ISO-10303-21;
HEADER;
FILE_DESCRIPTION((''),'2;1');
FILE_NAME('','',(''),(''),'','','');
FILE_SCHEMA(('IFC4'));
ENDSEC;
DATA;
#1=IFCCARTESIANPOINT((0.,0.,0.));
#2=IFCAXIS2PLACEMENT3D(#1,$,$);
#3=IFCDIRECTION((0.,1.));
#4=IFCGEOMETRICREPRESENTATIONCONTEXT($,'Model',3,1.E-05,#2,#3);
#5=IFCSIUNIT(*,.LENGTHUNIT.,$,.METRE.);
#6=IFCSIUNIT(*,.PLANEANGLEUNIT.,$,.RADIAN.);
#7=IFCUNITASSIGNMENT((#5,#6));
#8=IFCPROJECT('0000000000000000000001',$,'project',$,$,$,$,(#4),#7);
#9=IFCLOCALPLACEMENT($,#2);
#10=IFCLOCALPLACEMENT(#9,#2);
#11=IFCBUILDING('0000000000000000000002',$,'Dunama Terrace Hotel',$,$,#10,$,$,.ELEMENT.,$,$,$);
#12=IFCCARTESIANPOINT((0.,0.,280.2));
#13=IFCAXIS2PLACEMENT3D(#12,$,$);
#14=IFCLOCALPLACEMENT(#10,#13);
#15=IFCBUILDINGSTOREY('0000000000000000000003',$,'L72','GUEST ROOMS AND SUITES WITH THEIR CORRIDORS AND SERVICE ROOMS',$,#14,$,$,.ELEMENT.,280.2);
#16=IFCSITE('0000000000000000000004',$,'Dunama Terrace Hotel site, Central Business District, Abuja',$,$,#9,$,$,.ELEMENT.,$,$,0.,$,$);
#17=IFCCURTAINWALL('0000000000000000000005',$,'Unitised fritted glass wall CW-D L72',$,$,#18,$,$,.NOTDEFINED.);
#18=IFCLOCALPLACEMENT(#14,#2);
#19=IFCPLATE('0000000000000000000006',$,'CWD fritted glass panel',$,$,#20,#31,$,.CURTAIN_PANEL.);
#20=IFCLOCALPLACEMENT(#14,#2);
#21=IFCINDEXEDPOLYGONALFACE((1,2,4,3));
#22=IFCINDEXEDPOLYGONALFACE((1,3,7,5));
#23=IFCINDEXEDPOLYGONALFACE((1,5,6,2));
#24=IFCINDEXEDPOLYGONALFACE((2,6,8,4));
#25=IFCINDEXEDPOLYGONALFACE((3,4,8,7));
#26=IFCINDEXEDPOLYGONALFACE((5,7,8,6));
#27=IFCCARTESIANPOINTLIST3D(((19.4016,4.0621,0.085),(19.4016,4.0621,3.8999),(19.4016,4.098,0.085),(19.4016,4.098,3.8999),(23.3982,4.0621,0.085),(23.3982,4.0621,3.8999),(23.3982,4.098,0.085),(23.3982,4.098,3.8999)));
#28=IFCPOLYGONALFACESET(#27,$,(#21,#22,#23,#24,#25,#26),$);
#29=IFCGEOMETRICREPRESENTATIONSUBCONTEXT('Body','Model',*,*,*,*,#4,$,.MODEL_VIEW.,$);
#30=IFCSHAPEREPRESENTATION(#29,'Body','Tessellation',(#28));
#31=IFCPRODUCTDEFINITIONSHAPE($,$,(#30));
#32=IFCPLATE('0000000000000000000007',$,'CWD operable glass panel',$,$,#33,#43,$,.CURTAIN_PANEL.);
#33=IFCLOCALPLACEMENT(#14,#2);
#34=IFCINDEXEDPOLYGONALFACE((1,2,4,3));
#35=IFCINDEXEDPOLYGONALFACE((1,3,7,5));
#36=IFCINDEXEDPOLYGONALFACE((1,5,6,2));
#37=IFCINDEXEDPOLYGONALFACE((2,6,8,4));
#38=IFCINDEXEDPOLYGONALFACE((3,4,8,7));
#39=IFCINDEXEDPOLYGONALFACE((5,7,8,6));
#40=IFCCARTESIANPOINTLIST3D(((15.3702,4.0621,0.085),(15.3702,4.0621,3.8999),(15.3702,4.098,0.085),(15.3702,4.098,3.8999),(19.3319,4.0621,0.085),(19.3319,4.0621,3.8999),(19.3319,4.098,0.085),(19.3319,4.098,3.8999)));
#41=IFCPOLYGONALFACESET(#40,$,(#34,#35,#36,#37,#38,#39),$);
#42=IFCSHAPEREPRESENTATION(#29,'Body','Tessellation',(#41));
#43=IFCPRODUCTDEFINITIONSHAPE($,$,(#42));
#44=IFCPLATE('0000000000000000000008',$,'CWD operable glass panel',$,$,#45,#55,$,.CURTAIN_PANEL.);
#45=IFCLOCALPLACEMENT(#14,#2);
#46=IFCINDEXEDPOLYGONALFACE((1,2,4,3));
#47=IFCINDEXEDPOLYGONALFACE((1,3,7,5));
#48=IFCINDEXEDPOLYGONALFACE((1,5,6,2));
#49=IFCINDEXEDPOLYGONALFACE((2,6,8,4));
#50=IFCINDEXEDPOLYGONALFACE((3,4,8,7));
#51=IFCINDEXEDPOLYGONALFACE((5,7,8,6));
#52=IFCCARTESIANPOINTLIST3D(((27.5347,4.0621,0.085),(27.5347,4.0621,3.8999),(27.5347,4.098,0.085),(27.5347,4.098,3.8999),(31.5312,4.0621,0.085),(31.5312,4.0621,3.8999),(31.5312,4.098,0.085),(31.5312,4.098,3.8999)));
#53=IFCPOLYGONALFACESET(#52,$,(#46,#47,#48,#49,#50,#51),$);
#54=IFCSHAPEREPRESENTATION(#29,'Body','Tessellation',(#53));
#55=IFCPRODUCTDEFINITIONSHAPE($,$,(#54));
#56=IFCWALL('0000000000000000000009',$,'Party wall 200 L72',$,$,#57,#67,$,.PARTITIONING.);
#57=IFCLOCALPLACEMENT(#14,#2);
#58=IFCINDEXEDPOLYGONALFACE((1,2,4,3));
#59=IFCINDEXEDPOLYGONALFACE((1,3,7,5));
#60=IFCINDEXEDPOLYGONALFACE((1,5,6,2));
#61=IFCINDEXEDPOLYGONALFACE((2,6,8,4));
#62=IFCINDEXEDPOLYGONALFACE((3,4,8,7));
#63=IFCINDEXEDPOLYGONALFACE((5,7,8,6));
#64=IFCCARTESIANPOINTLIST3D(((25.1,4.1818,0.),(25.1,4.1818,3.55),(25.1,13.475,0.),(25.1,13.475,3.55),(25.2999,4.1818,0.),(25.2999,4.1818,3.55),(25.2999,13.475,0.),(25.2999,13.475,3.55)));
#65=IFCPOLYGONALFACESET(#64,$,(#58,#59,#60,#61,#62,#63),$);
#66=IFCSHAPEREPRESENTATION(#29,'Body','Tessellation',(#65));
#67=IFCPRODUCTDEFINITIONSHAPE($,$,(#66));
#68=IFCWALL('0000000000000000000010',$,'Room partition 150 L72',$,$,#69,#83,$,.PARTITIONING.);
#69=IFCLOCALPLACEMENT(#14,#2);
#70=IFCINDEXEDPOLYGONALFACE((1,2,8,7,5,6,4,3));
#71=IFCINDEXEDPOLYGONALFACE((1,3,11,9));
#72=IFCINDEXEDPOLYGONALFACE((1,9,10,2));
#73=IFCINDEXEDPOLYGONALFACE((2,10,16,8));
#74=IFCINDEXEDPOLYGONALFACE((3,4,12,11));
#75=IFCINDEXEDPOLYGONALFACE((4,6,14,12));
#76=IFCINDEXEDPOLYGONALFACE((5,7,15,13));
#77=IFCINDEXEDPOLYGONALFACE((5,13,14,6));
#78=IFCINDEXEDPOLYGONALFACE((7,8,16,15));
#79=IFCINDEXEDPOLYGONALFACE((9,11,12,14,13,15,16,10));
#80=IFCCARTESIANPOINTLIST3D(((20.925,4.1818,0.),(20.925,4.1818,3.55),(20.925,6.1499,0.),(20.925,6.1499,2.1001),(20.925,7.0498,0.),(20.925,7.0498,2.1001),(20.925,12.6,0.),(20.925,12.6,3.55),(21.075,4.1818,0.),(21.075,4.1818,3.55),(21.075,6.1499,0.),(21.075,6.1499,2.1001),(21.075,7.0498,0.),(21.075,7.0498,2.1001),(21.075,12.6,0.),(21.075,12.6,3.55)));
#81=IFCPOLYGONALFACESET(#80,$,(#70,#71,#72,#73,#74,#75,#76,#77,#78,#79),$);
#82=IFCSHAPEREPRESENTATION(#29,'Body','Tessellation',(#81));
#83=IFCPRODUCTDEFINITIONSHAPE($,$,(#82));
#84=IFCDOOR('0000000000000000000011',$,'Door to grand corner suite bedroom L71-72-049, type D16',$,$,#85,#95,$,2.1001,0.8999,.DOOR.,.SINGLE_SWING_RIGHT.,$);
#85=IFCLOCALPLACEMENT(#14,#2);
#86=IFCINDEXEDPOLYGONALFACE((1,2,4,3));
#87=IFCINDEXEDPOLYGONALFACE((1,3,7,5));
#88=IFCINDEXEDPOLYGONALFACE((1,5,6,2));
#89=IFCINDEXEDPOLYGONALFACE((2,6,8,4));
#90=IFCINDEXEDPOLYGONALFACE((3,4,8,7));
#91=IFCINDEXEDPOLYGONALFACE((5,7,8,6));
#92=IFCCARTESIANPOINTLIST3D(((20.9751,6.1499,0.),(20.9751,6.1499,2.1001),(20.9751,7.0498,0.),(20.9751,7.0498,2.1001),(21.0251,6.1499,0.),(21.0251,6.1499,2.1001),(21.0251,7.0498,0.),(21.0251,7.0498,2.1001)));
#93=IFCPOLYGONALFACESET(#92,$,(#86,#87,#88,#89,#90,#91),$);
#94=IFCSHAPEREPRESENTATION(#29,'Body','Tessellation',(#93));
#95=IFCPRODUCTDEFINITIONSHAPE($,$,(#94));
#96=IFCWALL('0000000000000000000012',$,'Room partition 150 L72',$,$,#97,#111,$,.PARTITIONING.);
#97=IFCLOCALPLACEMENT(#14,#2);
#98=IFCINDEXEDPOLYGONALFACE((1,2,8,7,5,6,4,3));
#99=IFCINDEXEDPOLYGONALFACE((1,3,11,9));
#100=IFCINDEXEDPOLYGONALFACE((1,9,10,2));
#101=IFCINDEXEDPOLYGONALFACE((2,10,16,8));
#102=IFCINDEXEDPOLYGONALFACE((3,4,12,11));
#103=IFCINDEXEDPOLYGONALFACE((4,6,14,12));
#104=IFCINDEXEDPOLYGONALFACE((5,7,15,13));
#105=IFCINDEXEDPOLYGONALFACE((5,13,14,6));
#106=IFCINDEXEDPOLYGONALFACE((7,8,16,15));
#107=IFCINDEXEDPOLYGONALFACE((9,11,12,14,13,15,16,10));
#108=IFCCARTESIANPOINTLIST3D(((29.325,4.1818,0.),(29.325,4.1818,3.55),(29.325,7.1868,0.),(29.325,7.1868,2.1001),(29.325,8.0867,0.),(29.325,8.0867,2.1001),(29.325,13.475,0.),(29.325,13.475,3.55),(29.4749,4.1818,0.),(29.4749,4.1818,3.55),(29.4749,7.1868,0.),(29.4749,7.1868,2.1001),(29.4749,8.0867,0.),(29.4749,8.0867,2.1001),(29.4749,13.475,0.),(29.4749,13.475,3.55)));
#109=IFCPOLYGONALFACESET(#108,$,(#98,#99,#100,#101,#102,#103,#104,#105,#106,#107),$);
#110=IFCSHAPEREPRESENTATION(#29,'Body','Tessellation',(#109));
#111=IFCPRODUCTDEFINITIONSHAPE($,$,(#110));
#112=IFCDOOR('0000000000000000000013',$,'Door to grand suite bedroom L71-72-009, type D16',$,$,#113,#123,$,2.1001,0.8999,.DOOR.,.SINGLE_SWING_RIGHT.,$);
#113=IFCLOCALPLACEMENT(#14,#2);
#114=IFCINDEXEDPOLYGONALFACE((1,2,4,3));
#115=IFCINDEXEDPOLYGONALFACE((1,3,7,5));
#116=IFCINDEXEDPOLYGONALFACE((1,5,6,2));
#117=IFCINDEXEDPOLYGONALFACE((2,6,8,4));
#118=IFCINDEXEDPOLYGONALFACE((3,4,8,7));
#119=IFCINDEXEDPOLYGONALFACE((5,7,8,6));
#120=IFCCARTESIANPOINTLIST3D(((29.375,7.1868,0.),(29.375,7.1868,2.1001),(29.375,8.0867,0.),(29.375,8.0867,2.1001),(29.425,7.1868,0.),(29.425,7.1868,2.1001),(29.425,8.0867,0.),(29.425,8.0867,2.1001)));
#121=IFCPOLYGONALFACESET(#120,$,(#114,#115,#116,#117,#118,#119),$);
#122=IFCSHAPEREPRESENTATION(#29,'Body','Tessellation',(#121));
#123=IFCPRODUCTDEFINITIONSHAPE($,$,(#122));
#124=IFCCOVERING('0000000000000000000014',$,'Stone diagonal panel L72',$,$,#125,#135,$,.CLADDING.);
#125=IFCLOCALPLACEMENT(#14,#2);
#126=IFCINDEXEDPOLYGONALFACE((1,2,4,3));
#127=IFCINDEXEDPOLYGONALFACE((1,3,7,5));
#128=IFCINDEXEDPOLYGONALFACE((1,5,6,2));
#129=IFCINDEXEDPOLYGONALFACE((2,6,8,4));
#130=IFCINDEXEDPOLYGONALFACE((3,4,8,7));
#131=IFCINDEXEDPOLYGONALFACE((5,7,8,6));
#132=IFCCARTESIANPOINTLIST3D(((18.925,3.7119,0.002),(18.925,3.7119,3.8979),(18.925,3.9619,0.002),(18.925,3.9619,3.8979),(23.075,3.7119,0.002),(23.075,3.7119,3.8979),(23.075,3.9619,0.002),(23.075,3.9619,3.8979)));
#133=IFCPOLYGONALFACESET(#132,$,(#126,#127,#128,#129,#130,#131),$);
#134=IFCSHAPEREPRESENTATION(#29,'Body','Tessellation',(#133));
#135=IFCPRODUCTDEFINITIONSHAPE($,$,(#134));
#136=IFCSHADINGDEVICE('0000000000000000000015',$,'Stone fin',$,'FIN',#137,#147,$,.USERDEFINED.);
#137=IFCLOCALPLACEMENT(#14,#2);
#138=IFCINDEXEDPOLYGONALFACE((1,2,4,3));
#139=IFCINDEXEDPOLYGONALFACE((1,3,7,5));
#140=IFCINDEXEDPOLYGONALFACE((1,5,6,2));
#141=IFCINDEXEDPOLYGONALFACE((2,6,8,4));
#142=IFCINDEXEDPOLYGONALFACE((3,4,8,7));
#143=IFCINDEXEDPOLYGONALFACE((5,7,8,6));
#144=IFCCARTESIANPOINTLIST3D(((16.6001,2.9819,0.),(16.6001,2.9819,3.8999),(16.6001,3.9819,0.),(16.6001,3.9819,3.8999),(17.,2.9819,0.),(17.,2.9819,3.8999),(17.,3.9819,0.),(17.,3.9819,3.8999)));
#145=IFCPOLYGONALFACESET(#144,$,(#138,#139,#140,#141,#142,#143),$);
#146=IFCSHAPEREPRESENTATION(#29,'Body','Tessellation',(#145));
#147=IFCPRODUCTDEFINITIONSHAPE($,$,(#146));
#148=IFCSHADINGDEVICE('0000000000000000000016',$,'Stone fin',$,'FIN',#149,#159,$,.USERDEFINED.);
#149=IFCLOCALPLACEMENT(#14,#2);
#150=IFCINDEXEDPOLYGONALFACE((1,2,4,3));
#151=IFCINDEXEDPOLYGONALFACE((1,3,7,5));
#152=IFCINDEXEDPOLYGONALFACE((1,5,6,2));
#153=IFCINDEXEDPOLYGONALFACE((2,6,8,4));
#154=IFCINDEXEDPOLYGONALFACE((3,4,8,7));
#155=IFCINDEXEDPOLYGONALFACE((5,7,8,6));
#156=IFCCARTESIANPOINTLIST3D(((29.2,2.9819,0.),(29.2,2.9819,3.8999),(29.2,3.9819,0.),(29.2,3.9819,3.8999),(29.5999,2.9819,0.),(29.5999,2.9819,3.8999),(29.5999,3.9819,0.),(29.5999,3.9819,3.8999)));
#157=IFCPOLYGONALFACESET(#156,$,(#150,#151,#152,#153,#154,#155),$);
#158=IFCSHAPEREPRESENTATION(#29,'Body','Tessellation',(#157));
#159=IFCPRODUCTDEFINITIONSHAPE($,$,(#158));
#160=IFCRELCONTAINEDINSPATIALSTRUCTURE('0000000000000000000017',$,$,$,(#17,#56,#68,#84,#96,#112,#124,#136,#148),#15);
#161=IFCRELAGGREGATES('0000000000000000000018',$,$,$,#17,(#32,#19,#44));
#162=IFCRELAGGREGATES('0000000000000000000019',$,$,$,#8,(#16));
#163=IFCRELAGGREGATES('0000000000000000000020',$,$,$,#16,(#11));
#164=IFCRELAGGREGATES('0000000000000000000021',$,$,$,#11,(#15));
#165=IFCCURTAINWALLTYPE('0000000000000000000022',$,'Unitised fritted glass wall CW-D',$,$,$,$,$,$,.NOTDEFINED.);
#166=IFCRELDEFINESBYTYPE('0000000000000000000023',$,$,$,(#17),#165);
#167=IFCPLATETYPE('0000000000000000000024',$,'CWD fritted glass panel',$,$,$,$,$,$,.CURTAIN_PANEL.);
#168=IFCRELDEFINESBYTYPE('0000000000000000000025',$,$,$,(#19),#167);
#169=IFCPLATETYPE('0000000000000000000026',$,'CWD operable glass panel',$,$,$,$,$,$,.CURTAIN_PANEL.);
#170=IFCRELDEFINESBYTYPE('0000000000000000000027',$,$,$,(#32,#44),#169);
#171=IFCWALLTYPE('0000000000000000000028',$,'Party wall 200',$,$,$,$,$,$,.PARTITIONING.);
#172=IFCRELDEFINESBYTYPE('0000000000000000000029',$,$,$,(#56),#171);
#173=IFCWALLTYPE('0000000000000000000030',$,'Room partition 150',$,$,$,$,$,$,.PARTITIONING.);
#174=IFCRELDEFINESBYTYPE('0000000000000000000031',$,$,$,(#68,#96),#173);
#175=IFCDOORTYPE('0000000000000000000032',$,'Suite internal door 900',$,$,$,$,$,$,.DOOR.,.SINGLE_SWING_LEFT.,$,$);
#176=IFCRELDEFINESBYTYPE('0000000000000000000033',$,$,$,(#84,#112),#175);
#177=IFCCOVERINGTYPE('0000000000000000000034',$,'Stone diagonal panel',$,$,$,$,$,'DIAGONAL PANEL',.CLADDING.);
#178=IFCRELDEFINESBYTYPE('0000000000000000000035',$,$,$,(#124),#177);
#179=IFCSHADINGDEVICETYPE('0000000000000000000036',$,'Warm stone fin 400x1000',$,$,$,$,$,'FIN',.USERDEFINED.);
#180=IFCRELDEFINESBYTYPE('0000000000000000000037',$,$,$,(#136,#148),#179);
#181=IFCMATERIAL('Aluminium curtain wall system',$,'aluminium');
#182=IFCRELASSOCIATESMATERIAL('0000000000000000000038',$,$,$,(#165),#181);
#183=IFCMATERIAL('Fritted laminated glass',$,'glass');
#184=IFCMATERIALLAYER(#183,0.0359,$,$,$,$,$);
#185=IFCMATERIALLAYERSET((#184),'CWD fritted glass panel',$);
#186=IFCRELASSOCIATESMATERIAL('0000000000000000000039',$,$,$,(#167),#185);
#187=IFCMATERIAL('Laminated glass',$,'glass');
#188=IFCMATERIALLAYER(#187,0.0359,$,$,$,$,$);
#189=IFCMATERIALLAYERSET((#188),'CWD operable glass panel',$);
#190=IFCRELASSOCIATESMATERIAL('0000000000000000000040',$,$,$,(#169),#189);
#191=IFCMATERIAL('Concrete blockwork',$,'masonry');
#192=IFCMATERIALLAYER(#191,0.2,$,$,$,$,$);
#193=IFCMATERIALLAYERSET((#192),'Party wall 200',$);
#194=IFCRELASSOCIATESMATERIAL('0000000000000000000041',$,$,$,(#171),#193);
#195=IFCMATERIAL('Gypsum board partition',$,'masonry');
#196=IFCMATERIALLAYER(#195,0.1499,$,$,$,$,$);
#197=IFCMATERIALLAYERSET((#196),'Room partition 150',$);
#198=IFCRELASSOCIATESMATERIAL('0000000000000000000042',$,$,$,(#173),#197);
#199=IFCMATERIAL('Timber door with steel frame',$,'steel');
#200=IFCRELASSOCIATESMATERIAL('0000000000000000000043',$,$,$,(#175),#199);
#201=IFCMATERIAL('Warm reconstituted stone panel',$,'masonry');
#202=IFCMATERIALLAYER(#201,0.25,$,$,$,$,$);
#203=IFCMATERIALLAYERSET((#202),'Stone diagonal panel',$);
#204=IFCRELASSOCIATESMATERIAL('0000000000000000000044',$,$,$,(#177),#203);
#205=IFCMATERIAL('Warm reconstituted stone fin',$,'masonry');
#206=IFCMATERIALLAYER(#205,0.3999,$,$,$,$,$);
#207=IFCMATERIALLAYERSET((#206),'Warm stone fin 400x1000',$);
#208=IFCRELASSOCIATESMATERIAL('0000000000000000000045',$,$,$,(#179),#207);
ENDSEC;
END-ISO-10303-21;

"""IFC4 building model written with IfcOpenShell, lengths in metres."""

from ifc_helpers import new_model, si_unit, direction, frame, frame_2d, origin, origin_2d, place, context, subcontext, project, spatial, rectangle, extrude, material, layer, layer_set, type_object, element, fill, aggregate, save


model = new_model("IFC4")

# Units and contexts
model_context = context("Model", 3, precision=1e-05, world=origin(), true_north=direction((0.0, 1.0)))
body_context = subcontext(model_context, "Body", "Model", "MODEL_VIEW")
ifc_project = project(units=[si_unit("LENGTHUNIT", "METRE"), si_unit("PLANEANGLEUNIT", "RADIAN")], contexts=[model_context])

# Site, building, storey
site_placement = place(None, origin())
site = spatial("IfcSite", under=ifc_project, at=site_placement, Name="Dunama Terrace Hotel site, Central Business District, Abuja", CompositionType="ELEMENT", RefElevation=0.0)
building_placement = place(site_placement, origin())
building = spatial("IfcBuilding", under=site, at=building_placement, Name="Dunama Terrace Hotel", CompositionType="ELEMENT")
storey_placement = place(building_placement, frame((0.0, 0.0, 280.2)))
storey = spatial("IfcBuildingStorey", under=building, at=storey_placement, Name="L72", Description="GUEST ROOMS AND SUITES WITH THEIR CORRIDORS AND SERVICE ROOMS", CompositionType="ELEMENT", Elevation=280.2)

# Curtain wall
ifc_material_1 = material(Name="Aluminium curtain wall system", Category="aluminium")
curtain_wall_type = type_object("IfcCurtainWallType", Name="Unitised fritted glass wall CW-D", PredefinedType="NOTDEFINED", material=ifc_material_1)
curtain_wall_placement = place(storey_placement, origin())
curtain_wall = element("IfcCurtainWall", 1, at=curtain_wall_placement, inside=storey, type_object=curtain_wall_type, Name="Unitised fritted glass wall CW-D L72", PredefinedType="NOTDEFINED")

# Plates
ifc_material_2 = material(Name="Fritted laminated glass", Category="glass")
ifc_layer_1 = layer(ifc_material_2, 0.0359)
ifc_layer_set_1 = layer_set([ifc_layer_1], Name="CWD fritted glass panel")
plate_type_1 = type_object("IfcPlateType", Name="CWD fritted glass panel", PredefinedType="CURTAIN_PANEL", material=ifc_layer_set_1)
plate_1_placement = place(storey_placement, frame((21.3999, 4.0801, 0.085), z_axis=(0.0, 0.0, 1.0), x_axis=(1.0, 0.0, 0.0)))
plate_1 = element("IfcPlate", 2, at=plate_1_placement, type_object=plate_type_1, Name="CWD fritted glass panel", PredefinedType="CURTAIN_PANEL", context=body_context, shape_type="SweptSolid", body=[
    extrude(rectangle(XDim=3.9966, YDim=0.0359, at=origin_2d()), origin(), (0.0, 0.0, 1.0), 3.8149),
])
ifc_material_3 = material(Name="Laminated glass", Category="glass")
ifc_layer_2 = layer(ifc_material_3, 0.0359)
ifc_layer_set_2 = layer_set([ifc_layer_2], Name="CWD operable glass panel")
plate_type_2 = type_object("IfcPlateType", Name="CWD operable glass panel", PredefinedType="CURTAIN_PANEL", material=ifc_layer_set_2)
plate_2_placement = place(storey_placement, frame((17.3511, 4.0801, 0.085), z_axis=(0.0, 0.0, 1.0), x_axis=(1.0, 0.0, 0.0)))
plate_2 = element("IfcPlate", 3, at=plate_2_placement, type_object=plate_type_2, Name="CWD operable glass panel", PredefinedType="CURTAIN_PANEL", context=body_context, shape_type="SweptSolid", body=[
    extrude(rectangle(XDim=3.9617, YDim=0.0359, at=origin_2d()), origin(), (0.0, 0.0, 1.0), 3.8149),
])
plate_3_placement = place(storey_placement, frame((29.533, 4.0801, 0.085), z_axis=(0.0, 0.0, 1.0), x_axis=(1.0, 0.0, 0.0)))
plate_3 = element("IfcPlate", 4, at=plate_3_placement, type_object=plate_type_2, Name="CWD operable glass panel", PredefinedType="CURTAIN_PANEL", context=body_context, shape_type="SweptSolid", body=[
    extrude(rectangle(XDim=3.9966, YDim=0.0359, at=origin_2d()), origin(), (0.0, 0.0, 1.0), 3.8149),
])
aggregate(curtain_wall, [plate_2, plate_1, plate_3])

# Wall
ifc_material_4 = material(Name="Concrete blockwork", Category="masonry")
ifc_layer_3 = layer(ifc_material_4, 0.2)
ifc_layer_set_3 = layer_set([ifc_layer_3], Name="Party wall 200")
wall_type_1 = type_object("IfcWallType", Name="Party wall 200", PredefinedType="PARTITIONING", material=ifc_layer_set_3)
wall_1_placement = place(storey_placement, frame((25.2, 4.1819, 0.0), z_axis=(0.0, 0.0, 1.0), x_axis=(0.0, 1.0, 0.0)))
element("IfcWall", 5, at=wall_1_placement, inside=storey, type_object=wall_type_1, Name="Party wall 200 L72", PredefinedType="PARTITIONING", context=body_context, shape_type="SweptSolid", body=[
    extrude(rectangle(XDim=9.2932, YDim=0.2, at=frame_2d((4.6465, 0.0))), origin(), (0.0, 0.0, 1.0), 3.55),
])

# Walls, openings, doors
ifc_material_5 = material(Name="Gypsum board partition", Category="masonry")
ifc_layer_4 = layer(ifc_material_5, 0.1499)
ifc_layer_set_4 = layer_set([ifc_layer_4], Name="Room partition 150")
wall_type_2 = type_object("IfcWallType", Name="Room partition 150", PredefinedType="PARTITIONING", material=ifc_layer_set_4)
wall_2_placement = place(storey_placement, frame((21.0, 4.1819, 0.0), z_axis=(0.0, 0.0, 1.0), x_axis=(0.0, 1.0, 0.0)))
wall_2 = element("IfcWall", 6, at=wall_2_placement, inside=storey, type_object=wall_type_2, Name="Room partition 150 L72", PredefinedType="PARTITIONING", context=body_context, shape_type="SweptSolid", body=[
    extrude(rectangle(XDim=8.4182, YDim=0.1499, at=frame_2d((4.209, 0.0))), origin(), (0.0, 0.0, 1.0), 3.55),
])
opening_1_placement = place(wall_2_placement, frame((1.968, 0.0, 0.0)))
opening_1 = element("IfcOpeningElement", 7, at=opening_1_placement, cuts=wall_2, PredefinedType="OPENING", context=body_context, shape_type="SweptSolid", body=[
    extrude(rectangle(XDim=0.8999, YDim=2.1001, at=frame_2d((0.45, 1.05))), frame((0.0, 0.085, 0.0), z_axis=(0.0, -1.0, 0.0), x_axis=(1.0, 0.0, 0.0)), (0.0, 0.0, 1.0), 0.1699),
])
ifc_material_6 = material(Name="Timber door with steel frame", Category="steel")
door_type = type_object("IfcDoorType", Name="Suite internal door 900", OperationType="SINGLE_SWING_LEFT", PredefinedType="DOOR", material=ifc_material_6)
door_1_placement = place(opening_1_placement, origin())
door_1 = element("IfcDoor", 8, at=door_1_placement, inside=storey, type_object=door_type, Name="Door to grand corner suite bedroom L71-72-049, type D16", OperationType="SINGLE_SWING_RIGHT", OverallHeight=2.1001, OverallWidth=0.8999, PredefinedType="DOOR", context=body_context, shape_type="SweptSolid", body=[
    extrude(rectangle(XDim=0.8999, YDim=2.1001, at=frame_2d((0.45, 1.05))), frame((0.0, 0.0249, 0.0), z_axis=(0.0, -1.0, 0.0), x_axis=(1.0, 0.0, 0.0)), (0.0, 0.0, 1.0), 0.05),
])
fill(opening_1, door_1)
wall_3_placement = place(storey_placement, frame((29.3999, 4.1819, 0.0), z_axis=(0.0, 0.0, 1.0), x_axis=(0.0, 1.0, 0.0)))
wall_3 = element("IfcWall", 9, at=wall_3_placement, inside=storey, type_object=wall_type_2, Name="Room partition 150 L72", PredefinedType="PARTITIONING", context=body_context, shape_type="SweptSolid", body=[
    extrude(rectangle(XDim=9.2932, YDim=0.1499, at=frame_2d((4.6465, 0.0))), origin(), (0.0, 0.0, 1.0), 3.55),
])
opening_2_placement = place(wall_3_placement, frame((3.0049, 0.0, 0.0)))
opening_2 = element("IfcOpeningElement", 10, at=opening_2_placement, cuts=wall_3, PredefinedType="OPENING", context=body_context, shape_type="SweptSolid", body=[
    extrude(rectangle(XDim=0.8999, YDim=2.1001, at=frame_2d((0.45, 1.05))), frame((0.0, 0.085, 0.0), z_axis=(0.0, -1.0, 0.0), x_axis=(1.0, 0.0, 0.0)), (0.0, 0.0, 1.0), 0.1699),
])
door_2_placement = place(opening_2_placement, origin())
door_2 = element("IfcDoor", 11, at=door_2_placement, inside=storey, type_object=door_type, Name="Door to grand suite bedroom L71-72-009, type D16", OperationType="SINGLE_SWING_RIGHT", OverallHeight=2.1001, OverallWidth=0.8999, PredefinedType="DOOR", context=body_context, shape_type="SweptSolid", body=[
    extrude(rectangle(XDim=0.8999, YDim=2.1001, at=frame_2d((0.45, 1.05))), frame((0.0, 0.0249, 0.0), z_axis=(0.0, -1.0, 0.0), x_axis=(1.0, 0.0, 0.0)), (0.0, 0.0, 1.0), 0.05),
])
fill(opening_2, door_2)

# Covering
ifc_material_7 = material(Name="Warm reconstituted stone panel", Category="masonry")
ifc_layer_5 = layer(ifc_material_7, 0.25)
ifc_layer_set_5 = layer_set([ifc_layer_5], Name="Stone diagonal panel")
covering_type = type_object("IfcCoveringType", Name="Stone diagonal panel", ElementType="DIAGONAL PANEL", PredefinedType="CLADDING", material=ifc_layer_set_5)
covering_placement = place(storey_placement, frame((21.0, 3.8369, 0.002), z_axis=(0.0, 0.0, 1.0), x_axis=(1.0, 0.0, 0.0)))
element("IfcCovering", 12, at=covering_placement, inside=storey, type_object=covering_type, Name="Stone diagonal panel L72", PredefinedType="CLADDING", context=body_context, shape_type="SweptSolid", body=[
    extrude(rectangle(XDim=4.1499, YDim=0.25, at=origin_2d()), origin(), (0.0, 0.0, 1.0), 3.896),
])

# Shading devices
ifc_material_8 = material(Name="Warm reconstituted stone fin", Category="masonry")
ifc_layer_6 = layer(ifc_material_8, 0.3999)
ifc_layer_set_6 = layer_set([ifc_layer_6], Name="Warm stone fin 400x1000")
shading_device_type = type_object("IfcShadingDeviceType", Name="Warm stone fin 400x1000", ElementType="FIN", PredefinedType="USERDEFINED", material=ifc_layer_set_6)
for number, where, z_axis, x_axis, name in (
    (13, (16.8, 3.4819, 0.0), (0.0, 0.0, 1.0), (1.0, 0.0, 0.0), "Stone fin"),
    (14, (29.3999, 3.4819, 0.0), (0.0, 0.0, 1.0), (1.0, 0.0, 0.0), "Stone fin"),
):
    element("IfcShadingDevice", number, at=place(storey_placement, frame(where, z_axis=z_axis, x_axis=x_axis)), inside=storey, type_object=shading_device_type, Name=name, ObjectType="FIN", PredefinedType="USERDEFINED", context=body_context, shape_type="SweptSolid", body=[
        extrude(rectangle(XDim=0.3999, YDim=1.0, at=origin_2d()), origin(), (0.0, 0.0, 1.0), 3.8999),
    ])

save(model, "model.ifc")
